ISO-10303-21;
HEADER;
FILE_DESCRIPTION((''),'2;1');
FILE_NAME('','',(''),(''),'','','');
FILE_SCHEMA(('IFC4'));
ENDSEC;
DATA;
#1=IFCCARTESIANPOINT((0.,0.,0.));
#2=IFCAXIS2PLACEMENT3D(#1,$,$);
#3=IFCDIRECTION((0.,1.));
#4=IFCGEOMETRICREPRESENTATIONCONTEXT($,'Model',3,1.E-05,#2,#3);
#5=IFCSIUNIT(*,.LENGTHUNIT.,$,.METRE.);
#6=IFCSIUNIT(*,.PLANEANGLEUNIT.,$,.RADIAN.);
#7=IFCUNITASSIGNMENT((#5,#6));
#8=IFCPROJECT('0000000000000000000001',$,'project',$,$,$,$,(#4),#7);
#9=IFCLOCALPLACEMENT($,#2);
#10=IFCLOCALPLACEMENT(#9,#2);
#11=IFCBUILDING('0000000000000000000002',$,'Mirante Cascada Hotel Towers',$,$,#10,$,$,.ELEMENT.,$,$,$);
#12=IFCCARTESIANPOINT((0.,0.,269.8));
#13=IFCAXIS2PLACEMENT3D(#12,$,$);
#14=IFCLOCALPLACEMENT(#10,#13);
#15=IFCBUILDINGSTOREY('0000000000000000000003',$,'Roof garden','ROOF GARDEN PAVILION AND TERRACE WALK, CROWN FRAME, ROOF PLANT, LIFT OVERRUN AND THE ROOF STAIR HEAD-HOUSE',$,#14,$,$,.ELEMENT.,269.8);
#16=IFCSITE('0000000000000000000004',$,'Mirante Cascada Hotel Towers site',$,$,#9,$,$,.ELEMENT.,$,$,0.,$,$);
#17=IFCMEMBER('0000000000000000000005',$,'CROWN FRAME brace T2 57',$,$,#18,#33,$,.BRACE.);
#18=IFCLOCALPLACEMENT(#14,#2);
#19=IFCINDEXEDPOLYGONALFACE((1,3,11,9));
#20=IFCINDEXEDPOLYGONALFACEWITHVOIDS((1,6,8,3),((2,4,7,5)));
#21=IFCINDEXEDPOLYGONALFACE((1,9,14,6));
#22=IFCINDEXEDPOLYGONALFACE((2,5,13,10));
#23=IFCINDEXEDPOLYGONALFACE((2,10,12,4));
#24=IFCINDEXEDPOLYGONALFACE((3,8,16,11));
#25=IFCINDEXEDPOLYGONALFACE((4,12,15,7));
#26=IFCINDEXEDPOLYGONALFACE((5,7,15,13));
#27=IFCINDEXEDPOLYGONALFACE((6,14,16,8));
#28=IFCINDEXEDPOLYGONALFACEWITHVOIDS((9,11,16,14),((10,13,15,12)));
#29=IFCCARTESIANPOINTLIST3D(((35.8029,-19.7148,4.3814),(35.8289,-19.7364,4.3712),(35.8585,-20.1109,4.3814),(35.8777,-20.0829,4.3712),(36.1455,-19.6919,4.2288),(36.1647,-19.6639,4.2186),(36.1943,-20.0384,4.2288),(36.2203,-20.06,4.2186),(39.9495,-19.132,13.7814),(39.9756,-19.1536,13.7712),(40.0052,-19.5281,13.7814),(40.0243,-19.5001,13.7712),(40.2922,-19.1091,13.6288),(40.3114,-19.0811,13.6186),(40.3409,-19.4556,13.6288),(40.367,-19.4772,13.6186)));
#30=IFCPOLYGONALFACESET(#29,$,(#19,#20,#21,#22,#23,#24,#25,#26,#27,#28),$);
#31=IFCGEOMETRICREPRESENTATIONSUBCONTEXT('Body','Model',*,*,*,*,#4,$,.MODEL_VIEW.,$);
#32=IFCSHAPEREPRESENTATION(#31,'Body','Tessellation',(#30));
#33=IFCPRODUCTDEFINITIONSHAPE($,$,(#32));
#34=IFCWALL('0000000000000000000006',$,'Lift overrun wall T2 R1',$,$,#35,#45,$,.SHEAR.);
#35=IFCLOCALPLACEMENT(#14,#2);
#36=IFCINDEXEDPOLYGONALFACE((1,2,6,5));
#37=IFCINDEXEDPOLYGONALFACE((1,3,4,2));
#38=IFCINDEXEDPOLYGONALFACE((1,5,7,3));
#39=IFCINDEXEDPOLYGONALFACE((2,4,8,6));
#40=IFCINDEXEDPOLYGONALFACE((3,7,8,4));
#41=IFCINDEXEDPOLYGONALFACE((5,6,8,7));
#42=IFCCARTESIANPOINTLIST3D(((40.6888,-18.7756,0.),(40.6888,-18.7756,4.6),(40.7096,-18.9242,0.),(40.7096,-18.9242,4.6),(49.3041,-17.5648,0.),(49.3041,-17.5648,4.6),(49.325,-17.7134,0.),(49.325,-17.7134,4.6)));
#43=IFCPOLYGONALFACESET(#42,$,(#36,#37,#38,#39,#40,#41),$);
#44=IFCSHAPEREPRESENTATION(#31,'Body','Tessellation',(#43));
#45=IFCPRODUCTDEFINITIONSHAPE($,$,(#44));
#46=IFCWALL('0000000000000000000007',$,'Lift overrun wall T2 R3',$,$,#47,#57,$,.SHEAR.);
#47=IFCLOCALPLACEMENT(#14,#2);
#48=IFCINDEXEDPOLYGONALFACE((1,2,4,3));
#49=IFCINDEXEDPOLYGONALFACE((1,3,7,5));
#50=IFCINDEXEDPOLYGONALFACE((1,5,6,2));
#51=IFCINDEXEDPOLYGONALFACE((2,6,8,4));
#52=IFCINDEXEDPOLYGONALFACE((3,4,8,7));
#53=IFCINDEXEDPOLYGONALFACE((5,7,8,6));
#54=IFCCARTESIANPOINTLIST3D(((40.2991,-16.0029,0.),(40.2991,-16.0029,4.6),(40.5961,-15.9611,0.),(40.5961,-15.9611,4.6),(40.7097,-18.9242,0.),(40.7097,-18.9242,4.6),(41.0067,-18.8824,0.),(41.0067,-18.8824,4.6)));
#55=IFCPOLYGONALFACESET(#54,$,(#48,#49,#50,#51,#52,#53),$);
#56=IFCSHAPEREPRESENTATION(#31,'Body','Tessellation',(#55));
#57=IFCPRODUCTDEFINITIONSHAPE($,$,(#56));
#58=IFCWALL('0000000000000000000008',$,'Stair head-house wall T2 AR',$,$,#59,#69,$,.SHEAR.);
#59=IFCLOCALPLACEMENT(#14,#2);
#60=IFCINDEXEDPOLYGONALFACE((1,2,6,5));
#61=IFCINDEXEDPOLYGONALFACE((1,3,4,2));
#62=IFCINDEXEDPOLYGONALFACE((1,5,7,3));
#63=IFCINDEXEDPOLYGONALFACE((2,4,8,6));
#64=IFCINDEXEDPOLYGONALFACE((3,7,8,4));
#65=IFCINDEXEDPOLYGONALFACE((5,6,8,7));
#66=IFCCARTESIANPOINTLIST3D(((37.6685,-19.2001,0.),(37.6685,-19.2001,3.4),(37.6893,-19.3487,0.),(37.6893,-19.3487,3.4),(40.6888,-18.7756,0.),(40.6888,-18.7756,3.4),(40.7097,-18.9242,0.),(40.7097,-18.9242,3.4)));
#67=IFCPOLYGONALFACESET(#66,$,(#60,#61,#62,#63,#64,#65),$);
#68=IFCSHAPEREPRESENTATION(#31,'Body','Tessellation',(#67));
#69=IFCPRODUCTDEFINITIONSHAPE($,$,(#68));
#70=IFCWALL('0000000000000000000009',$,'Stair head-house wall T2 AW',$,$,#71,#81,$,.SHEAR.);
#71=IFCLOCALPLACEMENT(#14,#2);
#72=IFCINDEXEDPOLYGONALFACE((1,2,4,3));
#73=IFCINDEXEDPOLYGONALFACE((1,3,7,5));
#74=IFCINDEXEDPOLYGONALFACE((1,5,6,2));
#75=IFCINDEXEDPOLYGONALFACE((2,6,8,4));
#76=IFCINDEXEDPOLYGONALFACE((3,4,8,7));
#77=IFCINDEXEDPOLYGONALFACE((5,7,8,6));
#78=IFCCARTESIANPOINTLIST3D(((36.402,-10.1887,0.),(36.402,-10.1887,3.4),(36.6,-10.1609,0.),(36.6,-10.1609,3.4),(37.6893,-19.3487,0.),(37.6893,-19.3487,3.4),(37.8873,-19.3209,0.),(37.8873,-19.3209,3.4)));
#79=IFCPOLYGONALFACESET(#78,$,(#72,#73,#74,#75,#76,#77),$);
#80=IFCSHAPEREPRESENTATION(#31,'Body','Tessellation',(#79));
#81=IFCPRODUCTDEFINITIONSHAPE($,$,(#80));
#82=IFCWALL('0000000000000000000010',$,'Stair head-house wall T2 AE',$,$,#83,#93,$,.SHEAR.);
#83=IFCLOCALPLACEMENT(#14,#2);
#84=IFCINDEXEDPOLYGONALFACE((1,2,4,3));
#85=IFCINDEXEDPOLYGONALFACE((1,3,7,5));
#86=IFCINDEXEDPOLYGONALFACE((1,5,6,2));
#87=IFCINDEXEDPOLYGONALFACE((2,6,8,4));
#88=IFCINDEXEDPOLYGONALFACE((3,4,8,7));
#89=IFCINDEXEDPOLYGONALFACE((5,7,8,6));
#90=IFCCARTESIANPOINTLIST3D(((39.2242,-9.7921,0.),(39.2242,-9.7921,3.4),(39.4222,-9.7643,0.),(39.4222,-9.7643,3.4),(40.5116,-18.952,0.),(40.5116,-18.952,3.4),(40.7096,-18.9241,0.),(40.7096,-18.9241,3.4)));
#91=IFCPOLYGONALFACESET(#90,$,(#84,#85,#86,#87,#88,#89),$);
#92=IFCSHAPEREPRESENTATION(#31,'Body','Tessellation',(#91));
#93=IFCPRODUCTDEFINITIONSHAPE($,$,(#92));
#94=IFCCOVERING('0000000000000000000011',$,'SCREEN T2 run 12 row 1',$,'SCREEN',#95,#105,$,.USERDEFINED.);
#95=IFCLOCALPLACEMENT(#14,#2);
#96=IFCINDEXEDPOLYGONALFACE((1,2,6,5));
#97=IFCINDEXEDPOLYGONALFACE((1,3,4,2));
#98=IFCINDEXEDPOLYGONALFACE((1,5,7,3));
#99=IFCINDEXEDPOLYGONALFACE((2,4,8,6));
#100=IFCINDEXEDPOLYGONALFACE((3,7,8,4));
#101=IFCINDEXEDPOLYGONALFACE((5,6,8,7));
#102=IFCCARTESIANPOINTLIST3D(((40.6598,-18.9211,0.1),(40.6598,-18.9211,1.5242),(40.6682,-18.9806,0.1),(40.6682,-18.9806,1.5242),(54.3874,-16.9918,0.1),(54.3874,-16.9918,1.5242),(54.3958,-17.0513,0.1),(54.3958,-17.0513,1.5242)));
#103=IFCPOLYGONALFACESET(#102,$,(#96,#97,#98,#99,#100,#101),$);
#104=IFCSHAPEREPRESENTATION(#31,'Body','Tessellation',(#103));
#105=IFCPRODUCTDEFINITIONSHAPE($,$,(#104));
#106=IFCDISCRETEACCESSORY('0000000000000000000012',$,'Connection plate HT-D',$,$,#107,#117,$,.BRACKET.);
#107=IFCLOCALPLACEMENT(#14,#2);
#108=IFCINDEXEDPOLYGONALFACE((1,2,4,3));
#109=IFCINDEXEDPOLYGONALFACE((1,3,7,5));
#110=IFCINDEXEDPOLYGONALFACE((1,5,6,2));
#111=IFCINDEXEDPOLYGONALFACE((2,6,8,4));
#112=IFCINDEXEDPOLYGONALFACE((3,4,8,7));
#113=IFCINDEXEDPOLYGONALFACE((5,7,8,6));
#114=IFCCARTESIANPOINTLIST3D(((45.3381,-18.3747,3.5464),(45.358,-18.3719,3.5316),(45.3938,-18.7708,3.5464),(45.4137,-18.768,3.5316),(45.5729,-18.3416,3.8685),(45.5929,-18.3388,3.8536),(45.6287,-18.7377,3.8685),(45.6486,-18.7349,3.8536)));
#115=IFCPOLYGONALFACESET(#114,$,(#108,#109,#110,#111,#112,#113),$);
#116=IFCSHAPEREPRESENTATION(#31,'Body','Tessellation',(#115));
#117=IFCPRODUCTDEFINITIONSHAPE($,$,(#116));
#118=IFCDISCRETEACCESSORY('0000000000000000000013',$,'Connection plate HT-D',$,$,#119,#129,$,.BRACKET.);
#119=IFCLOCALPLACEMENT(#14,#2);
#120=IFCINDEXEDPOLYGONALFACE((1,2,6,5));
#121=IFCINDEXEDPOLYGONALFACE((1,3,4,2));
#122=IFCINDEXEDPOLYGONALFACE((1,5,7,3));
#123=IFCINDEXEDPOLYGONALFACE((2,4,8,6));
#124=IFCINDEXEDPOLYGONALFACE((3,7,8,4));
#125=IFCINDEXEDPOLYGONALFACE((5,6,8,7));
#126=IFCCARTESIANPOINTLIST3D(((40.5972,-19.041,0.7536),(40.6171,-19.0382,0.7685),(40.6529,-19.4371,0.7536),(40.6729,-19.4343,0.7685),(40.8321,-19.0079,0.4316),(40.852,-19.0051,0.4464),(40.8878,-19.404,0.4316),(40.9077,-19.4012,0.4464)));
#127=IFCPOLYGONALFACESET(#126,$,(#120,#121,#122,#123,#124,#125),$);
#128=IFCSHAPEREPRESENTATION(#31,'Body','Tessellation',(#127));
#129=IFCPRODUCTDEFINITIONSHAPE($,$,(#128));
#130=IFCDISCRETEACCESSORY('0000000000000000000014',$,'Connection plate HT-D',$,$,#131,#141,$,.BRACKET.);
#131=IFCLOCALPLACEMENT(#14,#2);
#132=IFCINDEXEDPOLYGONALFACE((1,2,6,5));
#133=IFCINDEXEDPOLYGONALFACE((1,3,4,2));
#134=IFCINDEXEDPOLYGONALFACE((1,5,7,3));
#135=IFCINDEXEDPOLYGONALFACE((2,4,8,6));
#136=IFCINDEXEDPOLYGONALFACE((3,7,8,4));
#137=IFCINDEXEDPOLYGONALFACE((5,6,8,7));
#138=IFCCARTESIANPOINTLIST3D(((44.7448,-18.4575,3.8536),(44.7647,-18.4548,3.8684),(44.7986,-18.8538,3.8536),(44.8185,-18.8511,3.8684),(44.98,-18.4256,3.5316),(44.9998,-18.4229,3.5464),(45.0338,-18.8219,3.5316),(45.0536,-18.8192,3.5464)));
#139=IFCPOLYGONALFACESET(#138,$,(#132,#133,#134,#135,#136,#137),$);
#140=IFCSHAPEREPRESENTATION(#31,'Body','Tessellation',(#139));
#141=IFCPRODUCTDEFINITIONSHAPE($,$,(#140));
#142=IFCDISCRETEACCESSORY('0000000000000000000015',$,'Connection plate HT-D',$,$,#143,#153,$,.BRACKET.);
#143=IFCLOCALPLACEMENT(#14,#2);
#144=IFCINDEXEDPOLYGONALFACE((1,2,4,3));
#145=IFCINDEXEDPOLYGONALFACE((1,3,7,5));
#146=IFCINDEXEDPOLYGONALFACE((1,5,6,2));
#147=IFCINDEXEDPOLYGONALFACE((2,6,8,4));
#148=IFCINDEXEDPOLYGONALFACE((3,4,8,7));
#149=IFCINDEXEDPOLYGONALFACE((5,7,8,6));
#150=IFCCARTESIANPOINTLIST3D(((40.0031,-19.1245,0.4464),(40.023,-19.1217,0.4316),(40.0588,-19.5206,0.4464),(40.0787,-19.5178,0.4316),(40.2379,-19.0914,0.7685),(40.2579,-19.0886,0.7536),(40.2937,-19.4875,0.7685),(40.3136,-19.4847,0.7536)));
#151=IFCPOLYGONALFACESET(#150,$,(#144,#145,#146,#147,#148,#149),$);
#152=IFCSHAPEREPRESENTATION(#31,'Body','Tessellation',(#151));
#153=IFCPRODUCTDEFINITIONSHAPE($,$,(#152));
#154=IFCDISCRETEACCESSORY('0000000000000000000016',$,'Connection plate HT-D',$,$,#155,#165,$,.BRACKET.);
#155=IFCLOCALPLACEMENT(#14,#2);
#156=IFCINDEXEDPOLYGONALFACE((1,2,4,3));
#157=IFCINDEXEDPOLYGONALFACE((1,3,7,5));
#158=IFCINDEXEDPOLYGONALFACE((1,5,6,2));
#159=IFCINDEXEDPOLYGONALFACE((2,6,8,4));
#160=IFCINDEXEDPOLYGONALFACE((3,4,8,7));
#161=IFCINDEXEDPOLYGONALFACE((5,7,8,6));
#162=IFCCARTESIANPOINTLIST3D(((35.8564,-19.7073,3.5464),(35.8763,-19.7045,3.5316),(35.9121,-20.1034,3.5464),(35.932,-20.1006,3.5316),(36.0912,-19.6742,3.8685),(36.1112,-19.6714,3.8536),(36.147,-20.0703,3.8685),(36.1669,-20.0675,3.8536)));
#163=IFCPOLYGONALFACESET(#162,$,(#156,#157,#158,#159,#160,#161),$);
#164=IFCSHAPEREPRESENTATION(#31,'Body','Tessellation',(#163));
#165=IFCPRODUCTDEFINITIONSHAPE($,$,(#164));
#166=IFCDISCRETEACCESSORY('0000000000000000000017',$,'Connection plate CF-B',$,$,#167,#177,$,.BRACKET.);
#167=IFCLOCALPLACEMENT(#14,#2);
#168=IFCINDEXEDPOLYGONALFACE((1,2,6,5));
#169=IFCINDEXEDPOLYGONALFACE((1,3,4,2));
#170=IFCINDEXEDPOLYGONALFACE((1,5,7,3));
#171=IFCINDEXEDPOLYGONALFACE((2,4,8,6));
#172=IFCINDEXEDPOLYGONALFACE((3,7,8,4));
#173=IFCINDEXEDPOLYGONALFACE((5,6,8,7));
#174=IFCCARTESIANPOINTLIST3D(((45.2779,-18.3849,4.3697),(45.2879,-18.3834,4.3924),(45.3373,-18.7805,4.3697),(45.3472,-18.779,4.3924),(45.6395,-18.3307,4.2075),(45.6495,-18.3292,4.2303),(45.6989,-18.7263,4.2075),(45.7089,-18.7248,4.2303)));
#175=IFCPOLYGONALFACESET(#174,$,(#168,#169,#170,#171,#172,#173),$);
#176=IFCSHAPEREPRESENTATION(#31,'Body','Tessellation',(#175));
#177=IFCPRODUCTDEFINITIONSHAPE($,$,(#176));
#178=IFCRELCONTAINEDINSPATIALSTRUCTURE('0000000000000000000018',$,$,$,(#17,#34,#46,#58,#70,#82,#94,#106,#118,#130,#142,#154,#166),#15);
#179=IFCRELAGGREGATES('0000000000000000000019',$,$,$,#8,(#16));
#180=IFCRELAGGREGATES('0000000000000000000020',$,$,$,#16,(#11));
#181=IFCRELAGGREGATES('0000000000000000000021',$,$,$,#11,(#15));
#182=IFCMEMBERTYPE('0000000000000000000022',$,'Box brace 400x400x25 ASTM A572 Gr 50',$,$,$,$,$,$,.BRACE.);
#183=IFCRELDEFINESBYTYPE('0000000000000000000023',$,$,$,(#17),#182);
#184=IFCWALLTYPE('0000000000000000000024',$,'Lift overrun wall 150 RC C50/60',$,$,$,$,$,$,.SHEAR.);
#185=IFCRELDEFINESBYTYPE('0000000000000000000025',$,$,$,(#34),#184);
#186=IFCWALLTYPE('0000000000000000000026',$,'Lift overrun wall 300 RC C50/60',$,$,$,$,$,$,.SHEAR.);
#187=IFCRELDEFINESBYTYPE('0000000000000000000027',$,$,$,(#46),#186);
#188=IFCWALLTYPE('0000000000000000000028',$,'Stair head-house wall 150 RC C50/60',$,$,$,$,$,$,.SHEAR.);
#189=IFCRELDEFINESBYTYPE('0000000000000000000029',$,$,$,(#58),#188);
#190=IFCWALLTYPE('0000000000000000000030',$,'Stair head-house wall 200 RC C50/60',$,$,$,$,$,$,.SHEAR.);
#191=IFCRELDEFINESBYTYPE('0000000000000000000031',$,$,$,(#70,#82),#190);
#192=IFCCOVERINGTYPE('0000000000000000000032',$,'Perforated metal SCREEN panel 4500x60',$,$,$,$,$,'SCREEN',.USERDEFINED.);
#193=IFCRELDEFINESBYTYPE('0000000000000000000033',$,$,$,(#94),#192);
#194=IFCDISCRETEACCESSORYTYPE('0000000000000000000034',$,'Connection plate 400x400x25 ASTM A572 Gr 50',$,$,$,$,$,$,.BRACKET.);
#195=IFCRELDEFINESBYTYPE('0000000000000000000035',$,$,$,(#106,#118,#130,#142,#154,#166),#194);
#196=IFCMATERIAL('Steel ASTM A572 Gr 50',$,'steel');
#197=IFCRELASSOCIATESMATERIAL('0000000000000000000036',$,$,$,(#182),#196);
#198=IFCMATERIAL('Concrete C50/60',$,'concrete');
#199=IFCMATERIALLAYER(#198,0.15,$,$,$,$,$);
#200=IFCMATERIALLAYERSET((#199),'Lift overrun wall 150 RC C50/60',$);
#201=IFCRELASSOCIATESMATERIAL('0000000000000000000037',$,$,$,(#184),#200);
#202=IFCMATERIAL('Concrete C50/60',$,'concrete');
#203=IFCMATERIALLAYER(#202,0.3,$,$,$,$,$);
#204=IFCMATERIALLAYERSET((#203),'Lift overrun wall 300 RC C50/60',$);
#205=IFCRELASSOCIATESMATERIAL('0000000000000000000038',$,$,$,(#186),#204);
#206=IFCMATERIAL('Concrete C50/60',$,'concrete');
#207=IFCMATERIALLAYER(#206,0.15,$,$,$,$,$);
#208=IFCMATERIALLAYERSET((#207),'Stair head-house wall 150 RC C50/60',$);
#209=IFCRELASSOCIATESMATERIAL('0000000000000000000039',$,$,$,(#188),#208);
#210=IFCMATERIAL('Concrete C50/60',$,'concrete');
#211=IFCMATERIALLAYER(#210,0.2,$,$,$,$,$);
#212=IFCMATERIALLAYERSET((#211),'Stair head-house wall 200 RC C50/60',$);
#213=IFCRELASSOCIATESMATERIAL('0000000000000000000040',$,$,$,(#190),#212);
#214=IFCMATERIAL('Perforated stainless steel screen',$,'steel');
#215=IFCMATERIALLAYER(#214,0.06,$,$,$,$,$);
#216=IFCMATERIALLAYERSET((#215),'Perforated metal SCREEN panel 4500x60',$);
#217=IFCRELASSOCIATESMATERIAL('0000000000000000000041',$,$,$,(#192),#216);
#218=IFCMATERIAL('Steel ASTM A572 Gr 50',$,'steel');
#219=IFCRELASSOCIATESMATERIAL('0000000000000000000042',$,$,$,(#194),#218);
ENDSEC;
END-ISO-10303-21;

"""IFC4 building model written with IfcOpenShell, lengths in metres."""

from ifc_helpers import new_model, si_unit, direction, frame, frame_2d, origin, origin_2d, place, context, subcontext, project, spatial, rectangle, hollow_rectangle, extrude, material, layer, layer_set, material_profile, profile_set, type_object, element, save


model = new_model("IFC4")

# Units and contexts
model_context = context("Model", 3, precision=1e-05, world=origin(), true_north=direction((0.0, 1.0)))
body_context = subcontext(model_context, "Body", "Model", "MODEL_VIEW")
ifc_project = project(units=[si_unit("LENGTHUNIT", "METRE"), si_unit("PLANEANGLEUNIT", "RADIAN")], contexts=[model_context])

# Site, building, storey
site_placement = place(None, origin())
site = spatial("IfcSite", under=ifc_project, at=site_placement, Name="Mirante Cascada Hotel Towers site", CompositionType="ELEMENT", RefElevation=0.0)
building_placement = place(site_placement, origin())
building = spatial("IfcBuilding", under=site, at=building_placement, Name="Mirante Cascada Hotel Towers", CompositionType="ELEMENT")
storey_placement = place(building_placement, frame((0.0, 0.0, 269.8)))
storey = spatial("IfcBuildingStorey", under=building, at=storey_placement, Name="Roof garden", Description="ROOF GARDEN PAVILION AND TERRACE WALK, CROWN FRAME, ROOF PLANT, LIFT OVERRUN AND THE ROOF STAIR HEAD-HOUSE", CompositionType="ELEMENT", Elevation=269.8)

# Member
ifc_material_1 = material(Name="Steel ASTM A572 Gr 50", Category="steel")
ifc_material_profile_1 = material_profile(ifc_material_1, hollow_rectangle(XDim=0.4, YDim=0.4, WallThickness=0.025, at=origin_2d()), Name="Box brace 400x400x25 ASTM A572 Gr 50")
ifc_profile_set_1 = profile_set([ifc_material_profile_1], Name="Steel ASTM A572 Gr 50")
member_type = type_object("IfcMemberType", Name="Box brace 400x400x25 ASTM A572 Gr 50", PredefinedType="BRACE", material=ifc_profile_set_1)
for number, where, z_axis, x_axis, name in (
    (1, (36.0116, -19.8874, 4.3), (0.402963, 0.056635, 0.913462), (-0.139178, 0.990267, 0.0), "CROWN FRAME brace T2 57"),
):
    element("IfcMember", number, at=place(storey_placement, frame(where, z_axis=z_axis, x_axis=x_axis)), inside=storey, type_object=member_type, Name=name, PredefinedType="BRACE", context=body_context, shape_type="SweptSolid", body=[
        extrude(hollow_rectangle(XDim=0.4, YDim=0.4, WallThickness=0.025, at=origin_2d()), origin(), (0.0, 0.0, 1.0), 10.2905),
    ])

# Walls
ifc_material_2 = material(Name="Concrete C50/60", Category="concrete")
ifc_layer_1 = layer(ifc_material_2, 0.15)
ifc_layer_set_1 = layer_set([ifc_layer_1], Name="Lift overrun wall 150 RC C50/60")
wall_type_1 = type_object("IfcWallType", Name="Lift overrun wall 150 RC C50/60", PredefinedType="SHEAR", material=ifc_layer_set_1)
wall_1_placement = place(storey_placement, frame((40.6992, -18.8499, 0.0), z_axis=(0.0, 0.0, 1.0), x_axis=(0.990268, 0.139173, 0.0)))
element("IfcWall", 2, at=wall_1_placement, inside=storey, type_object=wall_type_1, Name="Lift overrun wall T2 R1", PredefinedType="SHEAR", context=body_context, shape_type="SweptSolid", body=[
    extrude(rectangle(XDim=8.7, YDim=0.15, at=frame_2d((4.35, 0.0))), origin(), (0.0, 0.0, 1.0), 4.6),
])
ifc_material_3 = material(Name="Concrete C50/60", Category="concrete")
ifc_layer_2 = layer(ifc_material_3, 0.3)
ifc_layer_set_2 = layer_set([ifc_layer_2], Name="Lift overrun wall 300 RC C50/60")
wall_type_2 = type_object("IfcWallType", Name="Lift overrun wall 300 RC C50/60", PredefinedType="SHEAR", material=ifc_layer_set_2)
wall_2_placement = place(storey_placement, frame((40.8582, -18.9033, 0.0), z_axis=(0.0, 0.0, 1.0), x_axis=(-0.139186, 0.990266, 0.0)))
element("IfcWall", 3, at=wall_2_placement, inside=storey, type_object=wall_type_2, Name="Lift overrun wall T2 R3", PredefinedType="SHEAR", context=body_context, shape_type="SweptSolid", body=[
    extrude(rectangle(XDim=2.95, YDim=0.3, at=frame_2d((1.475, 0.0))), origin(), (0.0, 0.0, 1.0), 4.6),
])
ifc_material_4 = material(Name="Concrete C50/60", Category="concrete")
ifc_layer_3 = layer(ifc_material_4, 0.15)
ifc_layer_set_3 = layer_set([ifc_layer_3], Name="Stair head-house wall 150 RC C50/60")
wall_type_3 = type_object("IfcWallType", Name="Stair head-house wall 150 RC C50/60", PredefinedType="SHEAR", material=ifc_layer_set_3)
wall_3_placement = place(storey_placement, frame((37.6789, -19.2744, 0.0), z_axis=(0.0, 0.0, 1.0), x_axis=(0.990267, 0.139181, 0.0)))
element("IfcWall", 4, at=wall_3_placement, inside=storey, type_object=wall_type_3, Name="Stair head-house wall T2 AR", PredefinedType="SHEAR", context=body_context, shape_type="SweptSolid", body=[
    extrude(rectangle(XDim=3.05, YDim=0.15, at=frame_2d((1.525, 0.0))), origin(), (0.0, 0.0, 1.0), 3.4),
])
ifc_material_5 = material(Name="Concrete C50/60", Category="concrete")
ifc_layer_4 = layer(ifc_material_5, 0.2)
ifc_layer_set_4 = layer_set([ifc_layer_4], Name="Stair head-house wall 200 RC C50/60")
wall_type_4 = type_object("IfcWallType", Name="Stair head-house wall 200 RC C50/60", PredefinedType="SHEAR", material=ifc_layer_set_4)
wall_4_placement = place(storey_placement, frame((37.7883, -19.3348, 0.0), z_axis=(0.0, 0.0, 1.0), x_axis=(-0.139167, 0.990269, 0.0)))
element("IfcWall", 5, at=wall_4_placement, inside=storey, type_object=wall_type_4, Name="Stair head-house wall T2 AW", PredefinedType="SHEAR", context=body_context, shape_type="SweptSolid", body=[
    extrude(rectangle(XDim=9.25, YDim=0.2, at=frame_2d((4.625, 0.0))), origin(), (0.0, 0.0, 1.0), 3.4),
])
wall_5_placement = place(storey_placement, frame((40.6106, -18.9381, 0.0), z_axis=(0.0, 0.0, 1.0), x_axis=(-0.13918, 0.990267, 0.0)))
element("IfcWall", 6, at=wall_5_placement, inside=storey, type_object=wall_type_4, Name="Stair head-house wall T2 AE", PredefinedType="SHEAR", context=body_context, shape_type="SweptSolid", body=[
    extrude(rectangle(XDim=9.2499, YDim=0.2, at=frame_2d((4.625, 0.0))), origin(), (0.0, 0.0, 1.0), 3.4),
])

# Covering
ifc_material_6 = material(Name="Perforated stainless steel screen", Category="steel")
ifc_layer_5 = layer(ifc_material_6, 0.06)
ifc_layer_set_5 = layer_set([ifc_layer_5], Name="Perforated metal SCREEN panel 4500x60")
covering_type = type_object("IfcCoveringType", Name="Perforated metal SCREEN panel 4500x60", ElementType="SCREEN", PredefinedType="USERDEFINED", material=ifc_layer_set_5)
covering_placement = place(storey_placement, frame((47.5278, -17.9862, 0.1), z_axis=(0.0, 0.0, 1.0), x_axis=(-0.990268, -0.139173, 0.0)))
element("IfcCovering", 7, at=covering_placement, inside=storey, type_object=covering_type, Name="SCREEN T2 run 12 row 1", ObjectType="SCREEN", PredefinedType="USERDEFINED", context=body_context, shape_type="SweptSolid", body=[
    extrude(rectangle(XDim=13.8625, YDim=0.06, at=origin_2d()), origin(), (0.0, 0.0, 1.0), 1.4242),
])

# Discrete accessories
ifc_material_7 = material(Name="Steel ASTM A572 Gr 50", Category="steel")
ifc_material_profile_2 = material_profile(ifc_material_7, rectangle(XDim=0.4, YDim=0.4, at=origin_2d()), Name="Connection plate 400x400x25 ASTM A572 Gr 50")
ifc_profile_set_2 = profile_set([ifc_material_profile_2], Name="Steel ASTM A572 Gr 50")
discrete_accessory_type_1 = type_object("IfcDiscreteAccessoryType", Name="Connection plate 400x400x25 ASTM A572 Gr 50", PredefinedType="BRACKET", material=ifc_profile_set_2)
for number, where, z_axis, x_axis, name in (
    (8, (45.5033, -18.5534, 3.6926), (-0.797347, -0.112189, 0.593002), (0.139331, -0.990246, 0.0), "Connection plate HT-D"),
    (9, (40.7425, -19.2225, 0.5926), (0.797347, 0.112189, 0.593002), (-0.139331, 0.990246, 0.0), "Connection plate HT-D"),
):
    element("IfcDiscreteAccessory", number, at=place(storey_placement, frame(where, z_axis=z_axis, x_axis=x_axis)), inside=storey, type_object=discrete_accessory_type_1, Name=name, PredefinedType="BRACKET", context=body_context, shape_type="SweptSolid", body=[
        extrude(rectangle(XDim=0.4, YDim=0.4, at=origin_2d()), origin(), (0.0, 0.0, 1.0), 0.025),
    ])
discrete_accessory_1_placement = place(storey_placement, frame((44.8893, -18.6397, 3.6926), z_axis=(0.797699, 0.108231, 0.593264), x_axis=(-0.134446, 0.990921, 0.0)))
element("IfcDiscreteAccessory", 10, at=discrete_accessory_1_placement, inside=storey, type_object=discrete_accessory_type_1, Name="Connection plate HT-D", PredefinedType="BRACKET", context=body_context, shape_type="SweptSolid", body=[
    extrude(rectangle(XDim=0.4, YDim=0.4, at=origin_2d()), origin(), (0.0, 0.0, 1.0), 0.0249),
])
for number, where, z_axis, x_axis, name in (
    (11, (40.1683, -19.3032, 0.5926), (-0.797347, -0.112189, 0.593002), (0.139331, -0.990246, 0.0), "Connection plate HT-D"),
    (12, (36.0216, -19.886, 3.6926), (-0.797347, -0.112189, 0.593002), (0.139331, -0.990246, 0.0), "Connection plate HT-D"),
):
    element("IfcDiscreteAccessory", number, at=place(storey_placement, frame(where, z_axis=z_axis, x_axis=x_axis)), inside=storey, type_object=discrete_accessory_type_1, Name=name, PredefinedType="BRACKET", context=body_context, shape_type="SweptSolid", body=[
        extrude(rectangle(XDim=0.4, YDim=0.4, at=origin_2d()), origin(), (0.0, 0.0, 1.0), 0.025),
    ])
discrete_accessory_2_placement = place(storey_placement, frame((45.4884, -18.5556, 4.2886), z_axis=(0.400935, 0.06014, 0.914131), x_axis=(-0.14834, 0.988936, 0.0)))
element("IfcDiscreteAccessory", 13, at=discrete_accessory_2_placement, inside=storey, type_object=discrete_accessory_type_1, Name="Connection plate CF-B", PredefinedType="BRACKET", context=body_context, shape_type="SweptSolid", body=[
    extrude(rectangle(XDim=0.4, YDim=0.4, at=origin_2d()), origin(), (0.0, 0.0, 1.0), 0.0249),
])

save(model, "model.ifc")
